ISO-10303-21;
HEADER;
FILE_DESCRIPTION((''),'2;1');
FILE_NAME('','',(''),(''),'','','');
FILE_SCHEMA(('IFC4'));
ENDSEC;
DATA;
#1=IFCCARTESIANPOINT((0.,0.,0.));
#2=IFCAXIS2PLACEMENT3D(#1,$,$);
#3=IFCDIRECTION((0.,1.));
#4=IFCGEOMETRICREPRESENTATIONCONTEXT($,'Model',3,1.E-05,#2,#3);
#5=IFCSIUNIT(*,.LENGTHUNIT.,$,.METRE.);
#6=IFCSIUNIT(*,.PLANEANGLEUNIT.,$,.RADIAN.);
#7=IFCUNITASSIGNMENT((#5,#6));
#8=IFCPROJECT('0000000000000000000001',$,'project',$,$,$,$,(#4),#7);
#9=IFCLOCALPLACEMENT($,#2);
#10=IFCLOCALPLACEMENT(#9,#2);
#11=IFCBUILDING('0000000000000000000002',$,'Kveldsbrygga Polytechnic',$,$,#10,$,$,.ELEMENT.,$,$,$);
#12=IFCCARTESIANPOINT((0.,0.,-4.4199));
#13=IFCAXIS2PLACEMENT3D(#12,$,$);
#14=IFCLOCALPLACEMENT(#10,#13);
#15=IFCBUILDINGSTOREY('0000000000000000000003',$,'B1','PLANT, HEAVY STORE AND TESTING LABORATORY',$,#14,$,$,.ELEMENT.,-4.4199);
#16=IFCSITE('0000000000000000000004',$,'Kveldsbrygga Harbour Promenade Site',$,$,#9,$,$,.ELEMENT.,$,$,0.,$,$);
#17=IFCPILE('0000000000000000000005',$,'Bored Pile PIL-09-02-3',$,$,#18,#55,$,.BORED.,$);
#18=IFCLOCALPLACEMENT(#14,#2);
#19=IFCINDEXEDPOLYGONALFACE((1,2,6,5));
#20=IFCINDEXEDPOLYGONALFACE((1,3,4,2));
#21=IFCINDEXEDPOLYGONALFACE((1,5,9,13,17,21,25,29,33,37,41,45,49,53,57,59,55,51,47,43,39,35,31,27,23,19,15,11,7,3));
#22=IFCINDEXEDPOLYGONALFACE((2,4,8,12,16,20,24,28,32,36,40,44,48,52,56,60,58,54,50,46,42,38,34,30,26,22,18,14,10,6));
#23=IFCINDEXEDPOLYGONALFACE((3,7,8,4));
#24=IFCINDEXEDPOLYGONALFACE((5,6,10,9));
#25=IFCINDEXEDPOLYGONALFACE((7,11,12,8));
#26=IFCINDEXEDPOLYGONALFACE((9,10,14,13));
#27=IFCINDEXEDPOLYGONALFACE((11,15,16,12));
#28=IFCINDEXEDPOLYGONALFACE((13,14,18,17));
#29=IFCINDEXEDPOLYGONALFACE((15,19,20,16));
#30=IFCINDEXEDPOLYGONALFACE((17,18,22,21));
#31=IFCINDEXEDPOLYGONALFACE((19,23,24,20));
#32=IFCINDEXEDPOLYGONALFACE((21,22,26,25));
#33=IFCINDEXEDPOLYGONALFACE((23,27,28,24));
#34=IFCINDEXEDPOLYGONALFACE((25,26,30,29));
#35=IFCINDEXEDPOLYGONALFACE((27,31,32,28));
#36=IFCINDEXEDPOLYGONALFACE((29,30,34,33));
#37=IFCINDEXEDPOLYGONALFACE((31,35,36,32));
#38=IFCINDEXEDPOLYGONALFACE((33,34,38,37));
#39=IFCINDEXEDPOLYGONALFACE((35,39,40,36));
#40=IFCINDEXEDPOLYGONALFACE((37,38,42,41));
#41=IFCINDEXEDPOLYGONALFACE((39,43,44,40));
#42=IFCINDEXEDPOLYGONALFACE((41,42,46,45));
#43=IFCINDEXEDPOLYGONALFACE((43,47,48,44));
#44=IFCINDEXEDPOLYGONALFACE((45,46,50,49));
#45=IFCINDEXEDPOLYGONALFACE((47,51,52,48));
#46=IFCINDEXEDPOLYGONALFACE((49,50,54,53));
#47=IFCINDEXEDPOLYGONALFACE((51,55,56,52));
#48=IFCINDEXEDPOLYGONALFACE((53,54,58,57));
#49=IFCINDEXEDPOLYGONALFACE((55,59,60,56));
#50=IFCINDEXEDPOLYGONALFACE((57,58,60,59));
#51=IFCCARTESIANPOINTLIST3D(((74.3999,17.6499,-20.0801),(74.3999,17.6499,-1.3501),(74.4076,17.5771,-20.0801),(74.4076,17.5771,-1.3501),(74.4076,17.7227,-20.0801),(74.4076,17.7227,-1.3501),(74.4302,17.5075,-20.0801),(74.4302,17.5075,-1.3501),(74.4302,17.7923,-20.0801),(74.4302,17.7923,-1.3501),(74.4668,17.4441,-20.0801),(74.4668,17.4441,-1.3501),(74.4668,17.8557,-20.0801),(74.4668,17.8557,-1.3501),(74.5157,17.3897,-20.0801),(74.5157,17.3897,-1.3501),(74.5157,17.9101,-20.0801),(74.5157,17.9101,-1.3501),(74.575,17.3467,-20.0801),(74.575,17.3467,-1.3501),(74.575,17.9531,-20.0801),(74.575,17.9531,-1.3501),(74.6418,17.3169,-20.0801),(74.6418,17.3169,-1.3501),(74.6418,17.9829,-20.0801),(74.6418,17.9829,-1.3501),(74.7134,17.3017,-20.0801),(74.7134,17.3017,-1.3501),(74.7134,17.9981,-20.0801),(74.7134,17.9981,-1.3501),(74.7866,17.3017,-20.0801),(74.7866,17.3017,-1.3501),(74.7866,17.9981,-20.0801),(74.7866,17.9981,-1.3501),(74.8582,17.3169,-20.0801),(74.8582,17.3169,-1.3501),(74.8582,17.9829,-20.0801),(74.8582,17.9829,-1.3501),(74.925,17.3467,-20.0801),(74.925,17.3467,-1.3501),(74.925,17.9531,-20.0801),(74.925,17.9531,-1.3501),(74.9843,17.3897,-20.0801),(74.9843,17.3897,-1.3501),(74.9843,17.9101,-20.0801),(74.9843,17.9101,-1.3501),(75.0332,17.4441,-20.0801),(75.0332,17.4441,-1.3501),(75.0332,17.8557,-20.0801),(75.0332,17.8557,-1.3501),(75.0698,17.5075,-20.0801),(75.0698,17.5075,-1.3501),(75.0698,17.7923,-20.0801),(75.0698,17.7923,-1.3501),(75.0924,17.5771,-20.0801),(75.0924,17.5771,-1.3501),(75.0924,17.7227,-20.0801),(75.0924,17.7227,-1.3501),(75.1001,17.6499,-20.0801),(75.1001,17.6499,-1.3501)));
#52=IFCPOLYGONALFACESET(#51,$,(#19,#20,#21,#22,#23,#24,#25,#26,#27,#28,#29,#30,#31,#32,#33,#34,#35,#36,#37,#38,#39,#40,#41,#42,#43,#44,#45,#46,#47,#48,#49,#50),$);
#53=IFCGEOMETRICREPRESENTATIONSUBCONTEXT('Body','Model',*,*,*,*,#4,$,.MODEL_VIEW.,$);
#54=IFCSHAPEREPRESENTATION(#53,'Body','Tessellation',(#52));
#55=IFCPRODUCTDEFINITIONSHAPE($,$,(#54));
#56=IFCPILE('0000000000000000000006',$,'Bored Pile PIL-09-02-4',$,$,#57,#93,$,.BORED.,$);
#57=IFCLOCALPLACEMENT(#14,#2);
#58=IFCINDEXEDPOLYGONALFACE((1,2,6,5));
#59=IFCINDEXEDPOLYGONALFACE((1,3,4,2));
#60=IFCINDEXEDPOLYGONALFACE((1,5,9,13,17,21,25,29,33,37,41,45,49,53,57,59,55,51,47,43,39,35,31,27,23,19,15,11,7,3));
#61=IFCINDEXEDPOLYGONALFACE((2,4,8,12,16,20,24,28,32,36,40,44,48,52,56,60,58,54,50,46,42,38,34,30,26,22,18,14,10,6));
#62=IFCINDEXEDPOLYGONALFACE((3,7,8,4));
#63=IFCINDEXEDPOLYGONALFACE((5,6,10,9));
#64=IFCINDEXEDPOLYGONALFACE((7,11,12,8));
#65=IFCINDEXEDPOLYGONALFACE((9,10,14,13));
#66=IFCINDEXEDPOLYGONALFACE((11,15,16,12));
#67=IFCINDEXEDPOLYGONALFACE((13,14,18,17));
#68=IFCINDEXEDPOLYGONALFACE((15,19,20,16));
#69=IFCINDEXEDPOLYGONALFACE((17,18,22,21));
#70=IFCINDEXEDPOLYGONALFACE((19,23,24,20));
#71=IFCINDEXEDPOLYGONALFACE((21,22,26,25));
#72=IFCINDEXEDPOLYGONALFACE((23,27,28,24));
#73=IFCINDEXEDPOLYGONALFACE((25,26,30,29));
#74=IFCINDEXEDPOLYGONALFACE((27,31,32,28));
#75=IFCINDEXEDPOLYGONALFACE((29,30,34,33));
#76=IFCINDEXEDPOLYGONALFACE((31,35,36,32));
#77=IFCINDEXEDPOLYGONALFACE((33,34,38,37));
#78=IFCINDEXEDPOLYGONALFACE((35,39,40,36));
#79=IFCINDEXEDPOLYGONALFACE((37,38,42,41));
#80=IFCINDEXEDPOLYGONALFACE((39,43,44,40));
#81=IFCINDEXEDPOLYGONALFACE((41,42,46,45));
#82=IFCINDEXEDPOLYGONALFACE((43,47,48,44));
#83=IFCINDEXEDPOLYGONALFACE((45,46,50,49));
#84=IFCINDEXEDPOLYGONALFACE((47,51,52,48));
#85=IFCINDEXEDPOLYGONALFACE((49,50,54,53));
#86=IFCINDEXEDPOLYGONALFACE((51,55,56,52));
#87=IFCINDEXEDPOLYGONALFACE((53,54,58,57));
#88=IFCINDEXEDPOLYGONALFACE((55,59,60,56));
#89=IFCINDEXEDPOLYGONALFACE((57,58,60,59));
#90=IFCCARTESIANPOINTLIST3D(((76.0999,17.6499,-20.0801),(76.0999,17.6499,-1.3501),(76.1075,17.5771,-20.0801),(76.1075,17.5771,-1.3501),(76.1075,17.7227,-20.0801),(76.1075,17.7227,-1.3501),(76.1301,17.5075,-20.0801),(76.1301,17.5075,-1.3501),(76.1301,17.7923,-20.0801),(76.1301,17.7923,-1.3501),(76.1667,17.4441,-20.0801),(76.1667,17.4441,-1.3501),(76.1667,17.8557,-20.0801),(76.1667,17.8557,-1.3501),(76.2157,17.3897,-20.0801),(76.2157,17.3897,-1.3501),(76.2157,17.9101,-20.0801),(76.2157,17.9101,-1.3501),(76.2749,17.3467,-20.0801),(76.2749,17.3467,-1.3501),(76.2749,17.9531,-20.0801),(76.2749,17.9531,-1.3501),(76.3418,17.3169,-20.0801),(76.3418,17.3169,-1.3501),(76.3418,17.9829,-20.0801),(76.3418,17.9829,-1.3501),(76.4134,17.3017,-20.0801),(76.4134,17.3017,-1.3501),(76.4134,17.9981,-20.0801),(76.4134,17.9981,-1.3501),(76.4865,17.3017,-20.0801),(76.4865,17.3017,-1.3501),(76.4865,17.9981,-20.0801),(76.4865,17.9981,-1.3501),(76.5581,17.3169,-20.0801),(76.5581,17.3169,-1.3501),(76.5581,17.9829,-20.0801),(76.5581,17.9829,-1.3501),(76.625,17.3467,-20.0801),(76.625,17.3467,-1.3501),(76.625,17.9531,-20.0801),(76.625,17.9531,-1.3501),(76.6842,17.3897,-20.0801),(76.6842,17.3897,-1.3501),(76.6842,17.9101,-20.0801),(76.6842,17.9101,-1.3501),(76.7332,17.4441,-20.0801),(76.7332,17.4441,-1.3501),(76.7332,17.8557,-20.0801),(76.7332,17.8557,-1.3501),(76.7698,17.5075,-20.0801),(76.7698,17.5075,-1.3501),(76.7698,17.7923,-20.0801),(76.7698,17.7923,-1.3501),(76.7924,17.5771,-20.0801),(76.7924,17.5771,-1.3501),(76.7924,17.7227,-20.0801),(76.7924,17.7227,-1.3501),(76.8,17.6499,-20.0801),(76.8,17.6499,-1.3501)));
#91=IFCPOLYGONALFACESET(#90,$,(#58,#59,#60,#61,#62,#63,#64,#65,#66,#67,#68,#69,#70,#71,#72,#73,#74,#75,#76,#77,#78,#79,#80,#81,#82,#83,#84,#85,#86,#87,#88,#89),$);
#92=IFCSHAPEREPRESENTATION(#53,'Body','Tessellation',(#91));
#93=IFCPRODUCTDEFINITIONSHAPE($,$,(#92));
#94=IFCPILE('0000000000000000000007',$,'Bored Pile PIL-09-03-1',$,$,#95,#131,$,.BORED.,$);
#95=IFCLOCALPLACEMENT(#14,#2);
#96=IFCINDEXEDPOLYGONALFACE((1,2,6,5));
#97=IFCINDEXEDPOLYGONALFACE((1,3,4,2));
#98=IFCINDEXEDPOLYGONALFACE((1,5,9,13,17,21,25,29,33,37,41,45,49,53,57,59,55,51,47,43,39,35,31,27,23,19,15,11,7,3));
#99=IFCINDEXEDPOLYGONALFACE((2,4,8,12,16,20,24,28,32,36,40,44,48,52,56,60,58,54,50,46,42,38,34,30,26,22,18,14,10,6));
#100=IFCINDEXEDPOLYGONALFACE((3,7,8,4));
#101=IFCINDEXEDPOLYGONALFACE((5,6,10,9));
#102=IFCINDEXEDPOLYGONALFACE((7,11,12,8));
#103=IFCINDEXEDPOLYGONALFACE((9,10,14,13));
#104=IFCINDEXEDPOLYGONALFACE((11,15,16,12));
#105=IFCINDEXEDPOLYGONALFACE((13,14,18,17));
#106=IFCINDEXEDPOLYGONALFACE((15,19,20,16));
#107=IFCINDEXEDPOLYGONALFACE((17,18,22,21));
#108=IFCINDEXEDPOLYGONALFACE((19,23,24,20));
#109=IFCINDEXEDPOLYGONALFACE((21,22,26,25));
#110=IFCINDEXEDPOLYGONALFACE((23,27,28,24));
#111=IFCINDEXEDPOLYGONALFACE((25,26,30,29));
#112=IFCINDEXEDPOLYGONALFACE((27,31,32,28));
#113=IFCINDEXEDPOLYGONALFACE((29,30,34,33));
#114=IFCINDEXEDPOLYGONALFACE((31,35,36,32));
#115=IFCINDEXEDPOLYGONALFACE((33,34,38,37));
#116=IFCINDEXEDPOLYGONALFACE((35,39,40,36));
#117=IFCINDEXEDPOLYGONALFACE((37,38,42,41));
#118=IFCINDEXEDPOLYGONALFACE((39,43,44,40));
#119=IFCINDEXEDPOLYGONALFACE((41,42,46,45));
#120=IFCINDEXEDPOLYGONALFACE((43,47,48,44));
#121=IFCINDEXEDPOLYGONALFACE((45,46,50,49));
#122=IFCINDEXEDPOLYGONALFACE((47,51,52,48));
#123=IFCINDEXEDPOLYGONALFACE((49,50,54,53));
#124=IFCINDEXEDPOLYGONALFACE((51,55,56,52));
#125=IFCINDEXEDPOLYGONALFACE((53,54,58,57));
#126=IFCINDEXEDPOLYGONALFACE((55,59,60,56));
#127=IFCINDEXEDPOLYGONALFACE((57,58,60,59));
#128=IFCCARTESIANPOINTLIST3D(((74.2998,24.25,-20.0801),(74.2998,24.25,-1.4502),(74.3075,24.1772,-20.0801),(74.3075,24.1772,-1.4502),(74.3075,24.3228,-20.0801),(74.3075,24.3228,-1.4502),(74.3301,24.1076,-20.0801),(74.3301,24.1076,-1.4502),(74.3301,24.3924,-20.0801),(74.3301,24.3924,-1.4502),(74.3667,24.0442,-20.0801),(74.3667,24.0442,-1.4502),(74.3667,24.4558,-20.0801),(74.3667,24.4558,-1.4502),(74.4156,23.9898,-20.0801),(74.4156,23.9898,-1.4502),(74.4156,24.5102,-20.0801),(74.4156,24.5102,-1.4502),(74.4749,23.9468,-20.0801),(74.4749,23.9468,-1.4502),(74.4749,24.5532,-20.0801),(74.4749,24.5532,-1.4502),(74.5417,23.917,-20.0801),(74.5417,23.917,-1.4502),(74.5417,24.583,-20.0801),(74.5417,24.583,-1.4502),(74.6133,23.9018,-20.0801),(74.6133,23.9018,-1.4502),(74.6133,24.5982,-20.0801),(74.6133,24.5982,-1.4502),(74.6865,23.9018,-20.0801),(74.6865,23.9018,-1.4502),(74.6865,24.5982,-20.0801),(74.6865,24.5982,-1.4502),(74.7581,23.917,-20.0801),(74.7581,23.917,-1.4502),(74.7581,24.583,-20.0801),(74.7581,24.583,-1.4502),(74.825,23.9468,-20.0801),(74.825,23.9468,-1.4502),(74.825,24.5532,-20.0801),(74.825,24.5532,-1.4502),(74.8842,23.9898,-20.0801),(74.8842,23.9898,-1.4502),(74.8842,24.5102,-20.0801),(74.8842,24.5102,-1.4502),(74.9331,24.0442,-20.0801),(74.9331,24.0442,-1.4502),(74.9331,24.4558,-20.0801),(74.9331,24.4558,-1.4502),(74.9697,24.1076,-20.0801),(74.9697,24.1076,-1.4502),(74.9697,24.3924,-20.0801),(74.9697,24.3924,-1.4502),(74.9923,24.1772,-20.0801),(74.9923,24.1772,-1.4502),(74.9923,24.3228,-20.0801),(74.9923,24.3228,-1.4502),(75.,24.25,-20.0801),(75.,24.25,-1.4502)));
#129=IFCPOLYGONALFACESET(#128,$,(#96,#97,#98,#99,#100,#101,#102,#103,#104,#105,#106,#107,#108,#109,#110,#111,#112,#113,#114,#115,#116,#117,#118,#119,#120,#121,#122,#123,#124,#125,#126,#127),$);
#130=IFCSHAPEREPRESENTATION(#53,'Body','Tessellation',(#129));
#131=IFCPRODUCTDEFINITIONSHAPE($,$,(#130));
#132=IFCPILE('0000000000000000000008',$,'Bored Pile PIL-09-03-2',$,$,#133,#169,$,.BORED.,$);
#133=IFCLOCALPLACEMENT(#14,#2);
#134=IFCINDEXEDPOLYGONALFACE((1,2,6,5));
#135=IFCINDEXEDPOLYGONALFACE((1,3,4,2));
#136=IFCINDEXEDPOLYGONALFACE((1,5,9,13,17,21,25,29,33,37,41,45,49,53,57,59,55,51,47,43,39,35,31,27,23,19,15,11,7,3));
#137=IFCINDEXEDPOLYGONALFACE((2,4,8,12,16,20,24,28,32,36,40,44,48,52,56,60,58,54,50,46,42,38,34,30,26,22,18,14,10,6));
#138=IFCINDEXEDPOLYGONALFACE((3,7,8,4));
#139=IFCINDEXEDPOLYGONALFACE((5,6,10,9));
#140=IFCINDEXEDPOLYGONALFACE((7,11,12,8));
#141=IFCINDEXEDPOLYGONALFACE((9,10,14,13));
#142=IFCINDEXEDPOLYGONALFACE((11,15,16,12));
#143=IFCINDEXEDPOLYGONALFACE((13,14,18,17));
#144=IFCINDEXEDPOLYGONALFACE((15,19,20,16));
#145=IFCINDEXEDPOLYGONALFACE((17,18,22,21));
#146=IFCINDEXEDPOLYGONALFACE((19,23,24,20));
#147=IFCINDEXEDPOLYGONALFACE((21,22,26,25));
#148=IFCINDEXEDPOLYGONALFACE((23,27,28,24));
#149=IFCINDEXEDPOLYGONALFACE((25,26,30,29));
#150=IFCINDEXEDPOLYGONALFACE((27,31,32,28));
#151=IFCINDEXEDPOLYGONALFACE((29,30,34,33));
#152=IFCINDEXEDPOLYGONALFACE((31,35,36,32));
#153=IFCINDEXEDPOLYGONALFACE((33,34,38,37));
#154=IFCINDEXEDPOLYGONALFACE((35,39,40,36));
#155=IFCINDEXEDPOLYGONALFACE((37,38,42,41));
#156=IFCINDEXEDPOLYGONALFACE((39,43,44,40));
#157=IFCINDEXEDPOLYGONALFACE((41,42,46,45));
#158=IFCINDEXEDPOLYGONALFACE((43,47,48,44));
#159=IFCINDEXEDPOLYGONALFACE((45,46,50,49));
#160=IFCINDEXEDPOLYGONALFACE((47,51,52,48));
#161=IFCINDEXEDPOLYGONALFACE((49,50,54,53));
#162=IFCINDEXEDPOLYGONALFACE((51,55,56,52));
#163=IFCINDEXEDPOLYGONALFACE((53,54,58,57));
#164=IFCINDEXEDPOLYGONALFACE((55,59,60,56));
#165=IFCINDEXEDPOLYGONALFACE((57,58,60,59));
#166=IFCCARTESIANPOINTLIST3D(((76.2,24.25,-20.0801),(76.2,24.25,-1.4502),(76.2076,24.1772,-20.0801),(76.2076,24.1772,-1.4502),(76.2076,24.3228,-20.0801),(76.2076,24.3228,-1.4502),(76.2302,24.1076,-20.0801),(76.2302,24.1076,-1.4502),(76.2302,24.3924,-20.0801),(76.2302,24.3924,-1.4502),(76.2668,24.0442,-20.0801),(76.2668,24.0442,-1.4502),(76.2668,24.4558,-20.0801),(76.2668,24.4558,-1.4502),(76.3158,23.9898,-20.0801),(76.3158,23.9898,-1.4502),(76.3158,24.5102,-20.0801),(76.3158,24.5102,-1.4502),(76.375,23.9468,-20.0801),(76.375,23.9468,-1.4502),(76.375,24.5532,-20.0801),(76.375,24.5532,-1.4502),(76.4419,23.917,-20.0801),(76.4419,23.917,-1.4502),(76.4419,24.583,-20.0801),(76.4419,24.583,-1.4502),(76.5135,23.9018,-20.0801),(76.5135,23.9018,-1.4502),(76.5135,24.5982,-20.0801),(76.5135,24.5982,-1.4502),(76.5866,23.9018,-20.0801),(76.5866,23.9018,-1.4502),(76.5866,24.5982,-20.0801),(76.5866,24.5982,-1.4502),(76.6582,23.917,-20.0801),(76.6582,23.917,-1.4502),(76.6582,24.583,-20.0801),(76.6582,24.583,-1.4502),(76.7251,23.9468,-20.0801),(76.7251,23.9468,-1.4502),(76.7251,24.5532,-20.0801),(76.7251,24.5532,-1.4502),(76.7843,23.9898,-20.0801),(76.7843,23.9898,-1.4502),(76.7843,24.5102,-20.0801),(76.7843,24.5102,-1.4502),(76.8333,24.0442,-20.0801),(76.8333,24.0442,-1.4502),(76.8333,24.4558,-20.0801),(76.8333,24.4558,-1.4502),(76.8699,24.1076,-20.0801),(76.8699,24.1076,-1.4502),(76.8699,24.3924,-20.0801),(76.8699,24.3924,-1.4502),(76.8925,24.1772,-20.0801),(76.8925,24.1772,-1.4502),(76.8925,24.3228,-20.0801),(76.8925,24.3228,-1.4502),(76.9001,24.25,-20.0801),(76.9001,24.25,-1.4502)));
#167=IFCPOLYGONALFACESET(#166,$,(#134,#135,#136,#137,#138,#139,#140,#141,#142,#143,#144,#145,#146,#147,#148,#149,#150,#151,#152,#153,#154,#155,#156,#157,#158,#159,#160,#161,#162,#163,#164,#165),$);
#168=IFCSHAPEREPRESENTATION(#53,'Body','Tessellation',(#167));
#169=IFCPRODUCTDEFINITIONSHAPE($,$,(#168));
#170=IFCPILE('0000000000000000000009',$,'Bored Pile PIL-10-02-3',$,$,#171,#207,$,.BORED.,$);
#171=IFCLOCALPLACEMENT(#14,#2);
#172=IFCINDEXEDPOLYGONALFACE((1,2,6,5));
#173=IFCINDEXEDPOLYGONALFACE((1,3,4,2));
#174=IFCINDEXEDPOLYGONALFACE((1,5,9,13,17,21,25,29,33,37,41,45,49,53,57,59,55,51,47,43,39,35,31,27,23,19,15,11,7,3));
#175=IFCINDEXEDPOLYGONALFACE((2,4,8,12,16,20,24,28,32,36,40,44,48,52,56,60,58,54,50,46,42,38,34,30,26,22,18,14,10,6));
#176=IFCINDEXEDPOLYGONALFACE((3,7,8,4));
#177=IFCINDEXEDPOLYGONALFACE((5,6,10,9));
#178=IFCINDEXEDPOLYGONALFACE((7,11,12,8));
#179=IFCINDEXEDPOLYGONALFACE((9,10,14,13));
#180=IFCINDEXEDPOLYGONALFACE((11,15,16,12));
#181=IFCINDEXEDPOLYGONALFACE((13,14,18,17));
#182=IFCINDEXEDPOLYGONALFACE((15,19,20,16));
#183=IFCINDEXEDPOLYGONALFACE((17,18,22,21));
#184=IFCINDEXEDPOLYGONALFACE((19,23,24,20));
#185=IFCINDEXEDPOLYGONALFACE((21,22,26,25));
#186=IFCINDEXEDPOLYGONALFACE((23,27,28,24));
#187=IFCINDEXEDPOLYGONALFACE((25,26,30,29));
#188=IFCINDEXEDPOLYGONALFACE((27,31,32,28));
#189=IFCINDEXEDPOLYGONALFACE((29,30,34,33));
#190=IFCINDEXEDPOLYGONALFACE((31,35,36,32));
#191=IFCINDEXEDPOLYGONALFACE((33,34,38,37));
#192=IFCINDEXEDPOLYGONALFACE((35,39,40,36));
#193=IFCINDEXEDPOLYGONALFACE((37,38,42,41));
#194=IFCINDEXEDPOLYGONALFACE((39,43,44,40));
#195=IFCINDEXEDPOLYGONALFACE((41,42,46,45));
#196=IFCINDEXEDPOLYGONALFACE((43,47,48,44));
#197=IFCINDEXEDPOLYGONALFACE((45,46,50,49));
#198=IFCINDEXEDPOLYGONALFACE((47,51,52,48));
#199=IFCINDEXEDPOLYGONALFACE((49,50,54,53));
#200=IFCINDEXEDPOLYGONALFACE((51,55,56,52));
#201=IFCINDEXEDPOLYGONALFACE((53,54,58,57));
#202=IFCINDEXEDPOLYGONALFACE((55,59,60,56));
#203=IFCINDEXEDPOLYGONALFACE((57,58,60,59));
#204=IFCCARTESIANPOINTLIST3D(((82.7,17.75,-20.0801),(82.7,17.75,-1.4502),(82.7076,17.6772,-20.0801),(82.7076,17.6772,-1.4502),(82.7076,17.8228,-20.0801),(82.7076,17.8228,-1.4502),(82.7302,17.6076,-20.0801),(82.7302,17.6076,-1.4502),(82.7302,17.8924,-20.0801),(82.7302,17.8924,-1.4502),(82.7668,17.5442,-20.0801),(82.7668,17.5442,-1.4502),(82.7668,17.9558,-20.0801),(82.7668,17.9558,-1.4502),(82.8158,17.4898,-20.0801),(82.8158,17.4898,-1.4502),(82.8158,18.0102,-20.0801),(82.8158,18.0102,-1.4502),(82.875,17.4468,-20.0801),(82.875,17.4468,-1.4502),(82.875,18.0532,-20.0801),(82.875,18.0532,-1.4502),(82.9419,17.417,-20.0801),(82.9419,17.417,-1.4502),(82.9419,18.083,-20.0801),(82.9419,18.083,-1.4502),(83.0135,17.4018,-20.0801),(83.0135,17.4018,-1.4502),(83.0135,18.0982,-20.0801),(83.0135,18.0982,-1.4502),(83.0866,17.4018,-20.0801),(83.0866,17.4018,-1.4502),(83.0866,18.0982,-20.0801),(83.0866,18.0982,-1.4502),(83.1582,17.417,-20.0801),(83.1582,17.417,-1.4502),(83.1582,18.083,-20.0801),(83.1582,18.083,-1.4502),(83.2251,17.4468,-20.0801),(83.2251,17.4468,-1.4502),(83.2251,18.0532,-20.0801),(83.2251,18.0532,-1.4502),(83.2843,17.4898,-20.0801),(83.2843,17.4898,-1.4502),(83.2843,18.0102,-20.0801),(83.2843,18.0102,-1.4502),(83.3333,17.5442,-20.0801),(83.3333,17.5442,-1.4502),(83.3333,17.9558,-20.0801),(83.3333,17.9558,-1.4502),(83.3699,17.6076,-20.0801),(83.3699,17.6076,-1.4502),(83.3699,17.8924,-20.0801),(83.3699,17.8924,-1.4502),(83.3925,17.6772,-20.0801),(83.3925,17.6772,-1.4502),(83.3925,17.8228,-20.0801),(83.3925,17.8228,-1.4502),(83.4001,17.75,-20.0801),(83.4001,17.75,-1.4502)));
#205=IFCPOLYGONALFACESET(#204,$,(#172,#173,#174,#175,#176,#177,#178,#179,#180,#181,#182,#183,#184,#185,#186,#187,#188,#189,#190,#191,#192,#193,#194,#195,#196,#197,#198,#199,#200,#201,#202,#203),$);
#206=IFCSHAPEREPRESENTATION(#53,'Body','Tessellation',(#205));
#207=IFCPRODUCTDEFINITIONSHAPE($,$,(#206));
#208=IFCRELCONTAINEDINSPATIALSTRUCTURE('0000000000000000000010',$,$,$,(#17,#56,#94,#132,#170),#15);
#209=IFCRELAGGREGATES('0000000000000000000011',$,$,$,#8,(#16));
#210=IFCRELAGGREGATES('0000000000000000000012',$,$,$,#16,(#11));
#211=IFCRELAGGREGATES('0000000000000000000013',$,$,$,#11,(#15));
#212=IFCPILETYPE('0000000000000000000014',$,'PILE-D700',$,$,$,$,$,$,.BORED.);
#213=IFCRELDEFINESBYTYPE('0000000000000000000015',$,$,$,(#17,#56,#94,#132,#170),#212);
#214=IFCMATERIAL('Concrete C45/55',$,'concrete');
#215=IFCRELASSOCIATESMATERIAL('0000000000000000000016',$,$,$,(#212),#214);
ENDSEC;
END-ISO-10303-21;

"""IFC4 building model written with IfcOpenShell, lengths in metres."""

from ifc_helpers import new_model, si_unit, direction, frame, origin, origin_2d, place, context, subcontext, project, spatial, circle, extrude, material, material_profile, profile_set, type_object, element, save


model = new_model("IFC4")

# Units and contexts
model_context = context("Model", 3, precision=1e-05, world=origin(), true_north=direction((0.0, 1.0)))
body_context = subcontext(model_context, "Body", "Model", "MODEL_VIEW")
ifc_project = project(units=[si_unit("LENGTHUNIT", "METRE"), si_unit("PLANEANGLEUNIT", "RADIAN")], contexts=[model_context])

# Site, building, storey
site_placement = place(None, origin())
site = spatial("IfcSite", under=ifc_project, at=site_placement, Name="Kveldsbrygga Harbour Promenade Site", CompositionType="ELEMENT", RefElevation=0.0)
building_placement = place(site_placement, origin())
building = spatial("IfcBuilding", under=site, at=building_placement, Name="Kveldsbrygga Polytechnic", CompositionType="ELEMENT")
storey_placement = place(building_placement, frame((0.0, 0.0, -4.4199)))
storey = spatial("IfcBuildingStorey", under=building, at=storey_placement, Name="B1", Description="PLANT, HEAVY STORE AND TESTING LABORATORY", CompositionType="ELEMENT", Elevation=-4.4199)

# Shared definitions
ifc_material_1 = material(Name="Concrete C45/55", Category="concrete")

# Piles
ifc_material_profile_1 = material_profile(ifc_material_1, circle(Radius=0.3501, at=origin_2d()), Name="PILE D700")
ifc_profile_set_1 = profile_set([ifc_material_profile_1], Name="Concrete C45/55")
pile_type_1 = type_object("IfcPileType", Name="PILE-D700", PredefinedType="BORED", material=ifc_profile_set_1)
for number, where, z_axis, x_axis, name in (
    (1, (74.75, 17.6499, -1.3501), (0.0, 0.0, -1.0), (1.0, 0.0, 0.0), "Bored Pile PIL-09-02-3"),
    (2, (76.45, 17.6499, -1.3501), (0.0, 0.0, -1.0), (1.0, 0.0, 0.0), "Bored Pile PIL-09-02-4"),
):
    element("IfcPile", number, at=place(storey_placement, frame(where, z_axis=z_axis, x_axis=x_axis)), inside=storey, type_object=pile_type_1, Name=name, PredefinedType="BORED", context=body_context, shape_type="SweptSolid", body=[
        extrude(circle(Radius=0.3501, at=origin_2d()), origin(), (0.0, 0.0, 1.0), 18.73),
    ])
for number, where, z_axis, x_axis, name in (
    (3, (74.6499, 24.25, -1.4502), (0.0, 0.0, -1.0), (1.0, 0.0, 0.0), "Bored Pile PIL-09-03-1"),
    (4, (76.55, 24.25, -1.4502), (0.0, 0.0, -1.0), (1.0, 0.0, 0.0), "Bored Pile PIL-09-03-2"),
    (5, (83.05, 17.75, -1.4502), (0.0, 0.0, -1.0), (1.0, 0.0, 0.0), "Bored Pile PIL-10-02-3"),
):
    element("IfcPile", number, at=place(storey_placement, frame(where, z_axis=z_axis, x_axis=x_axis)), inside=storey, type_object=pile_type_1, Name=name, PredefinedType="BORED", context=body_context, shape_type="SweptSolid", body=[
        extrude(circle(Radius=0.3501, at=origin_2d()), origin(), (0.0, 0.0, 1.0), 18.6299),
    ])

save(model, "model.ifc")
